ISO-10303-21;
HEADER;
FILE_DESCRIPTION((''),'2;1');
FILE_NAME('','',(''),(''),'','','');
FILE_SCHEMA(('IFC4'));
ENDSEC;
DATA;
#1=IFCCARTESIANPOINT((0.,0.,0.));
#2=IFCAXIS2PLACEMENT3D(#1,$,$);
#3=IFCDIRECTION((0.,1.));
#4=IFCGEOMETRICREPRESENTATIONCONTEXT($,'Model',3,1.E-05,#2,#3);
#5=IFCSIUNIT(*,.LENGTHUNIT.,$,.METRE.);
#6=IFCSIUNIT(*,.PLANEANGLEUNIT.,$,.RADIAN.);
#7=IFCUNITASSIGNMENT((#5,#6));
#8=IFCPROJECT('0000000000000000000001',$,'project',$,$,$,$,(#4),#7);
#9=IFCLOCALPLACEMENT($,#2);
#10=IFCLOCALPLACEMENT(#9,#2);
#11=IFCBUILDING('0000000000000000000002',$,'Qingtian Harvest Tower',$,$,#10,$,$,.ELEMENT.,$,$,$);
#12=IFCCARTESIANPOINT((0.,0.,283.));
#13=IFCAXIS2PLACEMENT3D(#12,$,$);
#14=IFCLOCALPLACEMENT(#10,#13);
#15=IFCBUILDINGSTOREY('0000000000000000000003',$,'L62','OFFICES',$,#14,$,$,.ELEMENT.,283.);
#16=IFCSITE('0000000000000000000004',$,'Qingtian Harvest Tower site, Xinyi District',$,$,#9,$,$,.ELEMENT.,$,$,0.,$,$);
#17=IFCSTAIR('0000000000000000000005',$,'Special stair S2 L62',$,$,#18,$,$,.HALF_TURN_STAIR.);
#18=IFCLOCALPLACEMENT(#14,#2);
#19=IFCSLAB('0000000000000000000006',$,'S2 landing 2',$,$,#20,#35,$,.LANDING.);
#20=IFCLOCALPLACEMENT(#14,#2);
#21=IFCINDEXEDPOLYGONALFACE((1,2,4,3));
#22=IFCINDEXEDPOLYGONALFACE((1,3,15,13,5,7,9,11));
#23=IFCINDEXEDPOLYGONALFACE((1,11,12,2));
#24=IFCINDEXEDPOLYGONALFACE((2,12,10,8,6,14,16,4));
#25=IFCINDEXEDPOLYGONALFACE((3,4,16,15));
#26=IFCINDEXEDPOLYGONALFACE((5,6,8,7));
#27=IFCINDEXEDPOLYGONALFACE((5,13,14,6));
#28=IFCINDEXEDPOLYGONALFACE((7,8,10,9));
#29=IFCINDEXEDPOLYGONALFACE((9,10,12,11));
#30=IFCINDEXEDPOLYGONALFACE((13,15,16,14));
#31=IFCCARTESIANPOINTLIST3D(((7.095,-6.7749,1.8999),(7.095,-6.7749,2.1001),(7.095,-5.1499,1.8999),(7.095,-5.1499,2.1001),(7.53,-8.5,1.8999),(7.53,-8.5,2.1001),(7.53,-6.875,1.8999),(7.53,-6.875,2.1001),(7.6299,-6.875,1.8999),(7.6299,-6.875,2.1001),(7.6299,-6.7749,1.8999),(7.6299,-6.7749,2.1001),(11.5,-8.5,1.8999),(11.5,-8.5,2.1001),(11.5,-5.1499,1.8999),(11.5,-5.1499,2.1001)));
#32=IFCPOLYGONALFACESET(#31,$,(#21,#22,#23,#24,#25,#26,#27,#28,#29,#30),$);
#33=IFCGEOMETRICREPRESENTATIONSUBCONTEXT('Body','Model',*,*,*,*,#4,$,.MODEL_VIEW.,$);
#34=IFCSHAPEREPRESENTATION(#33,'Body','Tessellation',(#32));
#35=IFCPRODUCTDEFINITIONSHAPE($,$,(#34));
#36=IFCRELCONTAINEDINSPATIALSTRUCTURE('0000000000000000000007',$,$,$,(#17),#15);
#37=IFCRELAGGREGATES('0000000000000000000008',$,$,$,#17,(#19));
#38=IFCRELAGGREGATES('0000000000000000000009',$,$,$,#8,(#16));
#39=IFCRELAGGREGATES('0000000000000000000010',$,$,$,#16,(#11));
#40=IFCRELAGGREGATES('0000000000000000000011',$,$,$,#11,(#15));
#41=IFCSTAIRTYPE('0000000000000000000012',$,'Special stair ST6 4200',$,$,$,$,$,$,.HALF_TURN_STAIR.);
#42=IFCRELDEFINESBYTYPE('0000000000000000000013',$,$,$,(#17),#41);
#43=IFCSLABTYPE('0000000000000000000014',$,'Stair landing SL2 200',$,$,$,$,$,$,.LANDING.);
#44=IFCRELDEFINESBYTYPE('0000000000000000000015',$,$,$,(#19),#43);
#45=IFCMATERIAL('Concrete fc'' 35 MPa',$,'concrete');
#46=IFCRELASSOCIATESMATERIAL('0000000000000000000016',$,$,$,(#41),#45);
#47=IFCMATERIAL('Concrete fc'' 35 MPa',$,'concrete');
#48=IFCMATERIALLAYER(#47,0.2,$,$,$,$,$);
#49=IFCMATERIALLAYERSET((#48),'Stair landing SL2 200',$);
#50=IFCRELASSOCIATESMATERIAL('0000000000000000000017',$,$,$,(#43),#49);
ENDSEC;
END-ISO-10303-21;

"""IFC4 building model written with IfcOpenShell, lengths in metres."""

from ifc_helpers import new_model, si_unit, direction, frame, origin, place, context, subcontext, project, spatial, polyline, outline, extrude, material, layer, layer_set, type_object, element, aggregate, save


model = new_model("IFC4")

# Units and contexts
model_context = context("Model", 3, precision=1e-05, world=origin(), true_north=direction((0.0, 1.0)))
body_context = subcontext(model_context, "Body", "Model", "MODEL_VIEW")
ifc_project = project(units=[si_unit("LENGTHUNIT", "METRE"), si_unit("PLANEANGLEUNIT", "RADIAN")], contexts=[model_context])

# Site, building, storey
site_placement = place(None, origin())
site = spatial("IfcSite", under=ifc_project, at=site_placement, Name="Qingtian Harvest Tower site, Xinyi District", CompositionType="ELEMENT", RefElevation=0.0)
building_placement = place(site_placement, origin())
building = spatial("IfcBuilding", under=site, at=building_placement, Name="Qingtian Harvest Tower", CompositionType="ELEMENT")
storey_placement = place(building_placement, frame((0.0, 0.0, 283.0)))
storey = spatial("IfcBuildingStorey", under=building, at=storey_placement, Name="L62", Description="OFFICES", CompositionType="ELEMENT", Elevation=283.0)

# Stair, slab
ifc_material_1 = material(Name="Concrete fc' 35 MPa", Category="concrete")
stair_type = type_object("IfcStairType", Name="Special stair ST6 4200", PredefinedType="HALF_TURN_STAIR", material=ifc_material_1)
stair_placement = place(storey_placement, origin())
stair = element("IfcStair", 1, at=stair_placement, inside=storey, type_object=stair_type, Name="Special stair S2 L62", PredefinedType="HALF_TURN_STAIR")
ifc_material_2 = material(Name="Concrete fc' 35 MPa", Category="concrete")
ifc_layer_1 = layer(ifc_material_2, 0.2)
ifc_layer_set_1 = layer_set([ifc_layer_1], Name="Stair landing SL2 200")
slab_type_1 = type_object("IfcSlabType", Name="Stair landing SL2 200", PredefinedType="LANDING", material=ifc_layer_set_1)
slab_1_placement = place(storey_placement, frame((0.0, 0.0, 1.8999)))
slab_1 = element("IfcSlab", 2, at=slab_1_placement, type_object=slab_type_1, Name="S2 landing 2", PredefinedType="LANDING", context=body_context, shape_type="SweptSolid", body=[
    extrude(outline(polyline([(7.53, -8.5), (7.53, -6.875), (7.6299, -6.875), (7.6299, -6.7749), (7.095, -6.7749), (7.095, -5.1499), (11.5, -5.1499), (11.5, -8.5), (7.53, -8.5)])), origin(), (0.0, 0.0, 1.0), 0.2002),
])
aggregate(stair, [slab_1])

save(model, "model.ifc")
